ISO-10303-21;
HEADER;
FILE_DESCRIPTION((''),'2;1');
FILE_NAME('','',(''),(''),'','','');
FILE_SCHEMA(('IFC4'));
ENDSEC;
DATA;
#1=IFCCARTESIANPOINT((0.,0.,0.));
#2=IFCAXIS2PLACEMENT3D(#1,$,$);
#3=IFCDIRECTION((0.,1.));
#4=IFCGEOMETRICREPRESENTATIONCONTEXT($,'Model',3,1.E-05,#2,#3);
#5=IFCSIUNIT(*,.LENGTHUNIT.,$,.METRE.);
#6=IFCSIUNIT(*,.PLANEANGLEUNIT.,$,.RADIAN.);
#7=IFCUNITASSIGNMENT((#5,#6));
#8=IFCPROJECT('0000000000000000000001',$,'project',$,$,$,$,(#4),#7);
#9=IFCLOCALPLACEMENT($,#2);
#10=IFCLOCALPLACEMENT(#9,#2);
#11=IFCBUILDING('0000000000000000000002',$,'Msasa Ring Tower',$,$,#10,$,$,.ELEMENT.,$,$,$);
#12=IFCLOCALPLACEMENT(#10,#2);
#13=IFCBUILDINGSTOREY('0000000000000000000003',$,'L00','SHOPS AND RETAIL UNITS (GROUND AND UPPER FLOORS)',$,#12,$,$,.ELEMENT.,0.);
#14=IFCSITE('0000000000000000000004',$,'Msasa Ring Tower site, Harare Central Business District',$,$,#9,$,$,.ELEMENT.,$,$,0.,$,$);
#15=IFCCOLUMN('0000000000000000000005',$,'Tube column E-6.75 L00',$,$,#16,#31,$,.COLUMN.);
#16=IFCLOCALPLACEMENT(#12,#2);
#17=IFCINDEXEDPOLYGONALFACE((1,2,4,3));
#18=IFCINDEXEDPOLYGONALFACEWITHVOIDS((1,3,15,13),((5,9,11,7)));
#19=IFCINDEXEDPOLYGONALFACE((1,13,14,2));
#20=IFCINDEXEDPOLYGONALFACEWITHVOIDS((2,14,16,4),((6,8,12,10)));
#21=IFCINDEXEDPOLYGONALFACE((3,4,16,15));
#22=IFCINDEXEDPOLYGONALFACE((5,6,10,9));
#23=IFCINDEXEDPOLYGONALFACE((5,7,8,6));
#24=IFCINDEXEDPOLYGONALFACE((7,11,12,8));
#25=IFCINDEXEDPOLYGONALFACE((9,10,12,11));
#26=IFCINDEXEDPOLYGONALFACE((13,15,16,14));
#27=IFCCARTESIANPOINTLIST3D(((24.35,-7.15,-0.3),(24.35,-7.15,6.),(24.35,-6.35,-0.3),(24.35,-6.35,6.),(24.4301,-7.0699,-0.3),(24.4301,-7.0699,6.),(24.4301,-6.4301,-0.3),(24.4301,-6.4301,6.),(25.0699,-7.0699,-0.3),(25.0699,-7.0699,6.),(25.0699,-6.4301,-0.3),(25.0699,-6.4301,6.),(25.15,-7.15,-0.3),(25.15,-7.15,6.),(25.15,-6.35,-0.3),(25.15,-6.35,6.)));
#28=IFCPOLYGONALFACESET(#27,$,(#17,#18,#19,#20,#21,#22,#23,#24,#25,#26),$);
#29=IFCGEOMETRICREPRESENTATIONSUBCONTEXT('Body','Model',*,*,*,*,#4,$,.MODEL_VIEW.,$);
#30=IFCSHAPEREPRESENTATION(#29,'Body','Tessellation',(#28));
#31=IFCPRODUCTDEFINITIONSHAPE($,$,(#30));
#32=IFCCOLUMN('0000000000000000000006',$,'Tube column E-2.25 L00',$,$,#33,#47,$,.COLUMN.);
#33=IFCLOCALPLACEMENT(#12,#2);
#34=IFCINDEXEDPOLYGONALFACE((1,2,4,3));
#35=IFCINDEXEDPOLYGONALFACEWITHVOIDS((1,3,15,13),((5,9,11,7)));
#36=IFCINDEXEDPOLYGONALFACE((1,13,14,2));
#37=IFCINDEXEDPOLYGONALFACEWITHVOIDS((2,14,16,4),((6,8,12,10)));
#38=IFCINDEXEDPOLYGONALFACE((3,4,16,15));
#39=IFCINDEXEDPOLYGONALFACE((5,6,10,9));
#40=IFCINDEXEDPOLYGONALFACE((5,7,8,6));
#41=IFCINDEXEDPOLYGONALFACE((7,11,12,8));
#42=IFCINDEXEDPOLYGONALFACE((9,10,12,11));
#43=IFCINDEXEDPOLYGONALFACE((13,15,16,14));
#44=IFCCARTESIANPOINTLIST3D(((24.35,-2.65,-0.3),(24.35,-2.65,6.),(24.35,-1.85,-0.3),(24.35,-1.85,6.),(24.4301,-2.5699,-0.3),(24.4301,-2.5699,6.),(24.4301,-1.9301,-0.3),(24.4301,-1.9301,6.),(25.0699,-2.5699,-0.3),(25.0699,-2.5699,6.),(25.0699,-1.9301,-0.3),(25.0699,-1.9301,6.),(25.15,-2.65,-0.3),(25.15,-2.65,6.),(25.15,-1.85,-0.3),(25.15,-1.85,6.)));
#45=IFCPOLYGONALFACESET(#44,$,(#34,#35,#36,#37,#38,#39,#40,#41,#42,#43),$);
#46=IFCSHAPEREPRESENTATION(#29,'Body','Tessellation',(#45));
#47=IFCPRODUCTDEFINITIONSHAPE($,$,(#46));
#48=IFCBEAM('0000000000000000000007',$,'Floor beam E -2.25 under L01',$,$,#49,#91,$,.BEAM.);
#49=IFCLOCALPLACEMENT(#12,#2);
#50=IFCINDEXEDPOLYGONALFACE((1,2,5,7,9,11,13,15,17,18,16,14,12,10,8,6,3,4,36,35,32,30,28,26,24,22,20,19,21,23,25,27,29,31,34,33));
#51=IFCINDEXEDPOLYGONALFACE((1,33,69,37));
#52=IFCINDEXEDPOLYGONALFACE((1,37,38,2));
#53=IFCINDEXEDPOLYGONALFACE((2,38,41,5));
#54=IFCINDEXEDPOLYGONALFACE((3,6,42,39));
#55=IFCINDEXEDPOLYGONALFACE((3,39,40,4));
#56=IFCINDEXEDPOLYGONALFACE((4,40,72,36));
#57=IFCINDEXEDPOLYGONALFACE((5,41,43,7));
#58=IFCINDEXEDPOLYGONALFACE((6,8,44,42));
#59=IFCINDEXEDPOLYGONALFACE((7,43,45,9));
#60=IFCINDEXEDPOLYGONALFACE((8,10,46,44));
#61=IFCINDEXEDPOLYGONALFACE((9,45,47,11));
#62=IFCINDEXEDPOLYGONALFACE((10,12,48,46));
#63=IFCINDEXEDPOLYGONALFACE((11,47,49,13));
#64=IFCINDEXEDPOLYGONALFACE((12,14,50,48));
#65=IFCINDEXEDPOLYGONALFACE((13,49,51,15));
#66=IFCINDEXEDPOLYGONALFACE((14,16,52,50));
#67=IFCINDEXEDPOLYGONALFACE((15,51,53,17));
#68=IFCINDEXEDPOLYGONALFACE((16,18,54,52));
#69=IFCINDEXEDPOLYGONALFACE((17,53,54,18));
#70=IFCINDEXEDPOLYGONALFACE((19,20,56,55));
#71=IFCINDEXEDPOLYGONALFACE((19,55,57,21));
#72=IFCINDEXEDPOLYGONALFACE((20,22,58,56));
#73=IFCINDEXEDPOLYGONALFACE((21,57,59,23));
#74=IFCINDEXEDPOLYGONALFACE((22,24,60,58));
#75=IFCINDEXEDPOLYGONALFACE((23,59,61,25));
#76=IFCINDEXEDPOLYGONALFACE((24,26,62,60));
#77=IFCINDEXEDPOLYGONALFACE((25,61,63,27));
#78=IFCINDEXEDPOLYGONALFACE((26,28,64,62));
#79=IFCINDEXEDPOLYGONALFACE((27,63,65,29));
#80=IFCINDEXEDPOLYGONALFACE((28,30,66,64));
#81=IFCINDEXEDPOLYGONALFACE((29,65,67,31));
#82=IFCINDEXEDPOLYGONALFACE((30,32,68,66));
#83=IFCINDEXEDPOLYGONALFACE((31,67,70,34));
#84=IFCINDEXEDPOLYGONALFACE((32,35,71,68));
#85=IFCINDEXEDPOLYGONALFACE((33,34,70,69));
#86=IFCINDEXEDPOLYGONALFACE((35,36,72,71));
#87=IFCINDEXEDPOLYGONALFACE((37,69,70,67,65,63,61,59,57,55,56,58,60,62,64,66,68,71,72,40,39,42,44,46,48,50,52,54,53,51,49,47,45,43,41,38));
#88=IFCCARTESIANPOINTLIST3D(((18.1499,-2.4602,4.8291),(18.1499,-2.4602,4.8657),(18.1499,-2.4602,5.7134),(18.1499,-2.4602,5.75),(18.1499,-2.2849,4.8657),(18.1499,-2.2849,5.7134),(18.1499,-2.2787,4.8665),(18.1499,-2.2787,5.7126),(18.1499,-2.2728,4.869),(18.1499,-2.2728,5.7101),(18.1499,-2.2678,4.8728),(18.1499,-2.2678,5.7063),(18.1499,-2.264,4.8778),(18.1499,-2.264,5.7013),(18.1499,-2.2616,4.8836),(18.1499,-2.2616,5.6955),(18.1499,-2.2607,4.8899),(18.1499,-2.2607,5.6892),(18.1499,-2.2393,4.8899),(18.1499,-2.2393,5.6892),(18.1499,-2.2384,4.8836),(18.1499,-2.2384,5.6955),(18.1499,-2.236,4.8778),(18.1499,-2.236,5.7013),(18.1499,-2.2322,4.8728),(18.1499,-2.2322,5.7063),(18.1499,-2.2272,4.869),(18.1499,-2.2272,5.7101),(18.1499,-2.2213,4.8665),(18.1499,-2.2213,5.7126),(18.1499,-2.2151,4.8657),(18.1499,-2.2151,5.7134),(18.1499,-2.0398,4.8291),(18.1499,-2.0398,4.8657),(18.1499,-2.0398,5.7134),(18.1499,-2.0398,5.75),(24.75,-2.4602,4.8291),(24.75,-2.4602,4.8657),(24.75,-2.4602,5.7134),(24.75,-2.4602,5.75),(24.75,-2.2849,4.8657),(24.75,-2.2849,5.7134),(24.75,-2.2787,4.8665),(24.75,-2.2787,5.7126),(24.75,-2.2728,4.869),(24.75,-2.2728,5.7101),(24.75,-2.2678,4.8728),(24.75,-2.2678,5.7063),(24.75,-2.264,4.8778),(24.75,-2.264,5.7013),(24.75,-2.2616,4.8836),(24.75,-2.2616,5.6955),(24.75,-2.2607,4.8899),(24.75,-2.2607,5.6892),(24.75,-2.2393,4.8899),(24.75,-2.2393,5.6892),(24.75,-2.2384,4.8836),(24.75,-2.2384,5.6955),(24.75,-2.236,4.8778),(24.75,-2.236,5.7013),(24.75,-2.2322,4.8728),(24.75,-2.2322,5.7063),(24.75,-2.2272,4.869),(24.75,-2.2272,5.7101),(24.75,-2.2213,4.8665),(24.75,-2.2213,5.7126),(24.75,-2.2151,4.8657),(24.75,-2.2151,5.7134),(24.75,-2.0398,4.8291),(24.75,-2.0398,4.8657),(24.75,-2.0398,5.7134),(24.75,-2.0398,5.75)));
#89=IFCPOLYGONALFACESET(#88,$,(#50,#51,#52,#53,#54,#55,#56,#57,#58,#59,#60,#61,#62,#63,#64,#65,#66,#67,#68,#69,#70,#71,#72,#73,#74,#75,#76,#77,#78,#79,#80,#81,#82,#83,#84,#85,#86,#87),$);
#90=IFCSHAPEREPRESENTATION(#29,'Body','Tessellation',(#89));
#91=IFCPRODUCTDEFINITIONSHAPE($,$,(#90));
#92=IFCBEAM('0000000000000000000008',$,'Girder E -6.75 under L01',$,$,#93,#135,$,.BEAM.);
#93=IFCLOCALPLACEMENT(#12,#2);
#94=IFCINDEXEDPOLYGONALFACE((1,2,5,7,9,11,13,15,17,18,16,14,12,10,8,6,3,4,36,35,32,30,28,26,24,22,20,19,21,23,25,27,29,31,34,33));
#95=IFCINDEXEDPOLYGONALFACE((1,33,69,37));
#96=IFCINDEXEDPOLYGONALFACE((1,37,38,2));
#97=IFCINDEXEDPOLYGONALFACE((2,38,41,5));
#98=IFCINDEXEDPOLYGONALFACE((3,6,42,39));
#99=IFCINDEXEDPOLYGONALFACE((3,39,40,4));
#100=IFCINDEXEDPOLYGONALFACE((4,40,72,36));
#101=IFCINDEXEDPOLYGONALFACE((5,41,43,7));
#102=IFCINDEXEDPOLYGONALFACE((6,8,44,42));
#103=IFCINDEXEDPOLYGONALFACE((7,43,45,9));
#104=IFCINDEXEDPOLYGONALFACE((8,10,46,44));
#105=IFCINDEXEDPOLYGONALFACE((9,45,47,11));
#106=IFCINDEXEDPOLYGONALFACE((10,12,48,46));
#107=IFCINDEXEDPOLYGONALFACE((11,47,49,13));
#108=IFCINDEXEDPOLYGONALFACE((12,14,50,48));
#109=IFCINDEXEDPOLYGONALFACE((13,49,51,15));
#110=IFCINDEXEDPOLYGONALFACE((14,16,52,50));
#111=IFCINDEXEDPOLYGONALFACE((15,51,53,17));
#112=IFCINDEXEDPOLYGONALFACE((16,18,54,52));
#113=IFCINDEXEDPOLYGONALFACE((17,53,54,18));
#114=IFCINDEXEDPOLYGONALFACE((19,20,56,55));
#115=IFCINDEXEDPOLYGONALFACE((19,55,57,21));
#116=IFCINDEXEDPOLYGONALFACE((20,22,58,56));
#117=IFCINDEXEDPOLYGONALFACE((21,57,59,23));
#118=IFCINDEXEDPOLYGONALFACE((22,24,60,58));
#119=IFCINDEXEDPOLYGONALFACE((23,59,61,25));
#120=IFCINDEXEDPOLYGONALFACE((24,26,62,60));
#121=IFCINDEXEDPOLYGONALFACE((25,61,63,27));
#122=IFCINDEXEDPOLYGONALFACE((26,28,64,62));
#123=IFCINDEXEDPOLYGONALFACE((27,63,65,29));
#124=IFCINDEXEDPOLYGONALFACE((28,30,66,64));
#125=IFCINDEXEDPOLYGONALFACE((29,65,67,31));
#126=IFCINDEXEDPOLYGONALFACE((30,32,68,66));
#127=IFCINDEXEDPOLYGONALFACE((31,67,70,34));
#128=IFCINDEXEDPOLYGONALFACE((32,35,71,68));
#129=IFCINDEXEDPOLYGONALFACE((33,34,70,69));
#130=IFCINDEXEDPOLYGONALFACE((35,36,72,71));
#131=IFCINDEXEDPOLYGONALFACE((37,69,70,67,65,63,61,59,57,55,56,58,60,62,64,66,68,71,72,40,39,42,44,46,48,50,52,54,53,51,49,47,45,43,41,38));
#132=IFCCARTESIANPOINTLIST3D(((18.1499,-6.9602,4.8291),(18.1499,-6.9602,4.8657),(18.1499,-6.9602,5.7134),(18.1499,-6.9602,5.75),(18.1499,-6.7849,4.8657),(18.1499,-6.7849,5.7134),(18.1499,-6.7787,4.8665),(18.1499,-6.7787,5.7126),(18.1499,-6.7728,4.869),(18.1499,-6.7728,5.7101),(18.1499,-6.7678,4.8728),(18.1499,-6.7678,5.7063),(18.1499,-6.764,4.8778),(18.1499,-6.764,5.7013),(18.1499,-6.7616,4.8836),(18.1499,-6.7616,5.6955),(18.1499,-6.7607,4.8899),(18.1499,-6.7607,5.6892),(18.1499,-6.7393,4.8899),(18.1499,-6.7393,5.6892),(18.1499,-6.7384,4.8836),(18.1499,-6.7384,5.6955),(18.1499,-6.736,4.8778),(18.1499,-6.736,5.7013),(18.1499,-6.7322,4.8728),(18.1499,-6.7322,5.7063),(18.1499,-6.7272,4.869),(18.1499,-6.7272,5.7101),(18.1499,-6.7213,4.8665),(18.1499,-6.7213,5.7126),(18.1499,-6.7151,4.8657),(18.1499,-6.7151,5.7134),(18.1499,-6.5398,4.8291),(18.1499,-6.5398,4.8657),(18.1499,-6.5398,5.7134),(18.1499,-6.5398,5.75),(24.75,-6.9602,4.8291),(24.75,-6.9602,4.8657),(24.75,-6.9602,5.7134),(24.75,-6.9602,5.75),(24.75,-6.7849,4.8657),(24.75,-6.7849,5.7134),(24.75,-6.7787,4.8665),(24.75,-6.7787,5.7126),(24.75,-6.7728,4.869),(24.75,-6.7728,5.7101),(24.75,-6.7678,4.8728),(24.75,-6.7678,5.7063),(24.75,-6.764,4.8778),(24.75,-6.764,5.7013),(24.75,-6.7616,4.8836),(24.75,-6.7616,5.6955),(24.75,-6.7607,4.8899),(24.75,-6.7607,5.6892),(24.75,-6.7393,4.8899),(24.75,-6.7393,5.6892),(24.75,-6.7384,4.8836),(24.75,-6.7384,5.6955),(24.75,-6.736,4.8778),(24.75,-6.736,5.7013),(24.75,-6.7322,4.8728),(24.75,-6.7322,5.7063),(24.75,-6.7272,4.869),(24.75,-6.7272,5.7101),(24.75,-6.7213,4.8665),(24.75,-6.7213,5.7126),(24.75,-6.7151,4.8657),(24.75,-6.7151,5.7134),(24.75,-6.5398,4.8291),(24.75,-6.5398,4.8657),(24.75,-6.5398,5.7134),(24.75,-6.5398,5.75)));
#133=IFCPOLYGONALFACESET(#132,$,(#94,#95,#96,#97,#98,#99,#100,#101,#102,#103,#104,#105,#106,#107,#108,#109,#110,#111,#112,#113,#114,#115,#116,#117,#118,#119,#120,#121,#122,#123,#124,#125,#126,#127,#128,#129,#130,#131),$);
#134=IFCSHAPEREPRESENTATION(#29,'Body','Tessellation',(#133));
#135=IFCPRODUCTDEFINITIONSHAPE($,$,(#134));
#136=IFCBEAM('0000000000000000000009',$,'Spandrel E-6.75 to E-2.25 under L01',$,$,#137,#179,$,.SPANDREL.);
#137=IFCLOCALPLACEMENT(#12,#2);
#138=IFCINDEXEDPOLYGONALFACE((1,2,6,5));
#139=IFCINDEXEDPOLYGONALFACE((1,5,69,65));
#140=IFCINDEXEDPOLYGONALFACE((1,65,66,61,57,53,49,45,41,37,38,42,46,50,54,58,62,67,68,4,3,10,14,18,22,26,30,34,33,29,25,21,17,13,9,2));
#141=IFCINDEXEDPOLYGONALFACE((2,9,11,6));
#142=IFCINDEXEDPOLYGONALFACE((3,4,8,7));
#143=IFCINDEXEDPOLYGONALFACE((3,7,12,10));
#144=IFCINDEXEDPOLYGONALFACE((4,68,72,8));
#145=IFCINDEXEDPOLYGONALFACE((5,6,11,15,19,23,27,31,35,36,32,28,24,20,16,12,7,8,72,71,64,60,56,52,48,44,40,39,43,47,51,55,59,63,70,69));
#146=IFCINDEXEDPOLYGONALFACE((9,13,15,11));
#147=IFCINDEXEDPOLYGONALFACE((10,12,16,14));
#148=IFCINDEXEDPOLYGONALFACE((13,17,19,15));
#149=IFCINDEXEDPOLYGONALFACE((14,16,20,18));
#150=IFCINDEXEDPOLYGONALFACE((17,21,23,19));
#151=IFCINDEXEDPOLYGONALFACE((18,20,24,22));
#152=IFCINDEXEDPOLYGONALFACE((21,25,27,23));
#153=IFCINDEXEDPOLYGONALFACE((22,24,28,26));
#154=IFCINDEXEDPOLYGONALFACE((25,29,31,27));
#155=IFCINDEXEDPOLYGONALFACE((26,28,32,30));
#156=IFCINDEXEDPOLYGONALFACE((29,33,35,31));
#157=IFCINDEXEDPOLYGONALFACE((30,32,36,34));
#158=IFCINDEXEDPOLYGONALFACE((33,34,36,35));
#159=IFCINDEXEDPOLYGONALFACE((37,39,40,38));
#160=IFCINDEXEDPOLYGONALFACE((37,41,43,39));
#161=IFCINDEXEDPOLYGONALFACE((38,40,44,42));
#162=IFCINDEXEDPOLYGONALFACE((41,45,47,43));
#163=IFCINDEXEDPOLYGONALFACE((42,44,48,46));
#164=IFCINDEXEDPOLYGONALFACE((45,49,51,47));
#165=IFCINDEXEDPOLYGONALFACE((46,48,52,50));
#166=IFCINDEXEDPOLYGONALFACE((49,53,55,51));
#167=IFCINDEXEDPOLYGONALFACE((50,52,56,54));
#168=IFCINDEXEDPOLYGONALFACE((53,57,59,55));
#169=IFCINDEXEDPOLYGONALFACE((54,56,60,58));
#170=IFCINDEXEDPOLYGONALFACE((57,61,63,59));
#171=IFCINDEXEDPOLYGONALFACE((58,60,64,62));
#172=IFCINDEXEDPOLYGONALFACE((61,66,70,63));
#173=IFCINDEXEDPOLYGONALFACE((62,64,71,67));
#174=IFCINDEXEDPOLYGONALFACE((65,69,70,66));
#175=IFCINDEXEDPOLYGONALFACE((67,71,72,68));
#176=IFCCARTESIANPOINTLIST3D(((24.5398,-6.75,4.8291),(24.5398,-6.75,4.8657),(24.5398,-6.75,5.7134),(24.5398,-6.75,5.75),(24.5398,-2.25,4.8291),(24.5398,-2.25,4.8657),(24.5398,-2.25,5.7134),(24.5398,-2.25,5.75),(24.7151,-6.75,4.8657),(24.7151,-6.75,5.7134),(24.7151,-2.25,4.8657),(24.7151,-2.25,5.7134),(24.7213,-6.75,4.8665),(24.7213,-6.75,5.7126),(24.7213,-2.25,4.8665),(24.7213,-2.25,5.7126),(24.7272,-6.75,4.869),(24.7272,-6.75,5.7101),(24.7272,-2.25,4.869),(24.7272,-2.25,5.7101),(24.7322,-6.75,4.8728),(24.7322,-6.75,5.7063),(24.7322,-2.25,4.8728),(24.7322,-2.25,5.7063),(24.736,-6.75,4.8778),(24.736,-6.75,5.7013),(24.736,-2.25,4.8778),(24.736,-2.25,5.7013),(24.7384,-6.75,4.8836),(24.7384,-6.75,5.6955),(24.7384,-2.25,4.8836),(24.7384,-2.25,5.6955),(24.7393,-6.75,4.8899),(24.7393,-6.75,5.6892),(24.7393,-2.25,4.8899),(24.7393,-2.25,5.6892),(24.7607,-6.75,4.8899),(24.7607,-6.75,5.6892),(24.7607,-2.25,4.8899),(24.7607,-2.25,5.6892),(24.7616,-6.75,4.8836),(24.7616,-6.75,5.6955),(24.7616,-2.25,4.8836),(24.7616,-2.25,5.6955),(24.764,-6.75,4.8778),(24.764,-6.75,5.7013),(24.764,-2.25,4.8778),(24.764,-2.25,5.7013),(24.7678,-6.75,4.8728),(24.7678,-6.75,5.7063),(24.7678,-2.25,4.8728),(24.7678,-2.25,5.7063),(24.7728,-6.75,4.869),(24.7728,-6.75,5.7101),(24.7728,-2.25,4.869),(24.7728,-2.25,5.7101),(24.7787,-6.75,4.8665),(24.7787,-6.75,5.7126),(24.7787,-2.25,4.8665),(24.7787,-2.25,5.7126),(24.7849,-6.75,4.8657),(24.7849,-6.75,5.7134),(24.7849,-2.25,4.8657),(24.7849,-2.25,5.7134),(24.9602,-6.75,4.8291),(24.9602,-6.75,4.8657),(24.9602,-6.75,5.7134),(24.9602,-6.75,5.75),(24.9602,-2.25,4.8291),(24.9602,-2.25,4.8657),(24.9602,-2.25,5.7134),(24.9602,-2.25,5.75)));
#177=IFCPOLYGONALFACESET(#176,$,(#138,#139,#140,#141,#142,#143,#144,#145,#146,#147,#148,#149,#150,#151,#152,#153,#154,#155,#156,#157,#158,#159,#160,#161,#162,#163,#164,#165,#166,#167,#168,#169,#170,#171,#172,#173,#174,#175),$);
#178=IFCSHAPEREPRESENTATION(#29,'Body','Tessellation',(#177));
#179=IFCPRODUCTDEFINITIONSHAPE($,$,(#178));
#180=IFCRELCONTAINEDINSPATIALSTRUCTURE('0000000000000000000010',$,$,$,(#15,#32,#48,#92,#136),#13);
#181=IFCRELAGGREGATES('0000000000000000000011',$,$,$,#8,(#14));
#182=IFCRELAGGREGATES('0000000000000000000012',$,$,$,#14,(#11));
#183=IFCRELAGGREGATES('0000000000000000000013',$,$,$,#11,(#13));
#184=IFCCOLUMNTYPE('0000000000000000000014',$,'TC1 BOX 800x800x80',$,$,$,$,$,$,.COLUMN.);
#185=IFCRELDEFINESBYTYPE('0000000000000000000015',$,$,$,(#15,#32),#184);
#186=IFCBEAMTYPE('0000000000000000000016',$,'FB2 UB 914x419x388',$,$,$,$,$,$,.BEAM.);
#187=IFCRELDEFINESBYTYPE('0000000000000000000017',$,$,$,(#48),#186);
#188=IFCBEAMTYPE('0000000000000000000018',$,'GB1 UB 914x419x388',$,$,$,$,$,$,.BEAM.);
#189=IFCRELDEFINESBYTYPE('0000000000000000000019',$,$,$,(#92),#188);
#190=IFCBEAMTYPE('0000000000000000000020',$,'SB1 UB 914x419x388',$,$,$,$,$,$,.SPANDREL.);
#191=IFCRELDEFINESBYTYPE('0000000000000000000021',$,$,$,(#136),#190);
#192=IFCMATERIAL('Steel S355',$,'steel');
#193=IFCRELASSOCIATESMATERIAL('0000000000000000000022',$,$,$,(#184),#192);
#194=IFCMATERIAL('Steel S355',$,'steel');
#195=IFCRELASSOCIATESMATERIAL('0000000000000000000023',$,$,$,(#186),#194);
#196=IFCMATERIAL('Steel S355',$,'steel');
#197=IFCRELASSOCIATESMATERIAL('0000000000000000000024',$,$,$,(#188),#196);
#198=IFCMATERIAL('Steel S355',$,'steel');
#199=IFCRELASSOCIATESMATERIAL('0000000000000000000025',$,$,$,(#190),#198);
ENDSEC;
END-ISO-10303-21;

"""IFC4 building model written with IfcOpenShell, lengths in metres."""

from ifc_helpers import new_model, si_unit, direction, frame, origin, origin_2d, place, context, subcontext, project, spatial, hollow_rectangle, i_section, extrude, material, material_profile, profile_set, type_object, element, save


model = new_model("IFC4")

# Units and contexts
model_context = context("Model", 3, precision=1e-05, world=origin(), true_north=direction((0.0, 1.0)))
body_context = subcontext(model_context, "Body", "Model", "MODEL_VIEW")
ifc_project = project(units=[si_unit("LENGTHUNIT", "METRE"), si_unit("PLANEANGLEUNIT", "RADIAN")], contexts=[model_context])

# Site, building, storey
site_placement = place(None, origin())
site = spatial("IfcSite", under=ifc_project, at=site_placement, Name="Msasa Ring Tower site, Harare Central Business District", CompositionType="ELEMENT", RefElevation=0.0)
building_placement = place(site_placement, origin())
building = spatial("IfcBuilding", under=site, at=building_placement, Name="Msasa Ring Tower", CompositionType="ELEMENT")
storey_placement = place(building_placement, origin())
storey = spatial("IfcBuildingStorey", under=building, at=storey_placement, Name="L00", Description="SHOPS AND RETAIL UNITS (GROUND AND UPPER FLOORS)", CompositionType="ELEMENT", Elevation=0.0)

# Columns
ifc_material_1 = material(Name="Steel S355", Category="steel")
ifc_material_profile_1 = material_profile(ifc_material_1, hollow_rectangle(XDim=0.8, YDim=0.8, WallThickness=0.0801, at=origin_2d()), Name="BOX 800x800x80")
ifc_profile_set_1 = profile_set([ifc_material_profile_1], Name="Steel S355")
column_type = type_object("IfcColumnType", Name="TC1 BOX 800x800x80", PredefinedType="COLUMN", material=ifc_profile_set_1)
for number, where, z_axis, x_axis, name in (
    (1, (24.75, -6.75, -0.3), (0.0, 0.0, 1.0), (1.0, 0.0, 0.0), "Tube column E-6.75 L00"),
    (2, (24.75, -2.25, -0.3), (0.0, 0.0, 1.0), (1.0, 0.0, 0.0), "Tube column E-2.25 L00"),
):
    element("IfcColumn", number, at=place(storey_placement, frame(where, z_axis=z_axis, x_axis=x_axis)), inside=storey, type_object=column_type, Name=name, PredefinedType="COLUMN", context=body_context, shape_type="SweptSolid", body=[
        extrude(hollow_rectangle(XDim=0.8, YDim=0.8, WallThickness=0.0801, at=origin_2d()), origin(), (0.0, 0.0, 1.0), 6.3),
    ])

# Beams
ifc_material_2 = material(Name="Steel S355", Category="steel")
ifc_material_profile_2 = material_profile(ifc_material_2, i_section(OverallWidth=0.4204, OverallDepth=0.9209, WebThickness=0.0215, FlangeThickness=0.0366, FilletRadius=0.0242, at=origin_2d()), Name="UB 914x419x388")
ifc_profile_set_2 = profile_set([ifc_material_profile_2], Name="Steel S355")
beam_type_1 = type_object("IfcBeamType", Name="FB2 UB 914x419x388", PredefinedType="BEAM", material=ifc_profile_set_2)
beam_1_placement = place(storey_placement, frame((24.75, -2.25, 5.2896), z_axis=(-1.0, 0.0, 0.0), x_axis=(0.0, -1.0, 0.0)))
element("IfcBeam", 3, at=beam_1_placement, inside=storey, type_object=beam_type_1, Name="Floor beam E -2.25 under L01", PredefinedType="BEAM", context=body_context, shape_type="SweptSolid", body=[
    extrude(i_section(OverallWidth=0.4204, OverallDepth=0.9209, WebThickness=0.0215, FlangeThickness=0.0366, FilletRadius=0.0242, at=origin_2d()), origin(), (0.0, 0.0, 1.0), 6.6001),
])
ifc_material_3 = material(Name="Steel S355", Category="steel")
ifc_material_profile_3 = material_profile(ifc_material_3, i_section(OverallWidth=0.4204, OverallDepth=0.9209, WebThickness=0.0215, FlangeThickness=0.0366, FilletRadius=0.0242, at=origin_2d()), Name="UB 914x419x388")
ifc_profile_set_3 = profile_set([ifc_material_profile_3], Name="Steel S355")
beam_type_2 = type_object("IfcBeamType", Name="GB1 UB 914x419x388", PredefinedType="BEAM", material=ifc_profile_set_3)
beam_2_placement = place(storey_placement, frame((18.1499, -6.75, 5.2896), z_axis=(1.0, 0.0, 0.0), x_axis=(0.0, 1.0, 0.0)))
element("IfcBeam", 4, at=beam_2_placement, inside=storey, type_object=beam_type_2, Name="Girder E -6.75 under L01", PredefinedType="BEAM", context=body_context, shape_type="SweptSolid", body=[
    extrude(i_section(OverallWidth=0.4204, OverallDepth=0.9209, WebThickness=0.0215, FlangeThickness=0.0366, FilletRadius=0.0242, at=origin_2d()), origin(), (0.0, 0.0, 1.0), 6.6001),
])
ifc_material_4 = material(Name="Steel S355", Category="steel")
ifc_material_profile_4 = material_profile(ifc_material_4, i_section(OverallWidth=0.4204, OverallDepth=0.9209, WebThickness=0.0215, FlangeThickness=0.0366, FilletRadius=0.0242, at=origin_2d()), Name="UB 914x419x388")
ifc_profile_set_4 = profile_set([ifc_material_profile_4], Name="Steel S355")
beam_type_3 = type_object("IfcBeamType", Name="SB1 UB 914x419x388", PredefinedType="SPANDREL", material=ifc_profile_set_4)
for number, where, z_axis, x_axis, name in (
    (5, (24.75, -6.75, 5.2896), (0.0, 1.0, 0.0), (-1.0, 0.0, 0.0), "Spandrel E-6.75 to E-2.25 under L01"),
):
    element("IfcBeam", number, at=place(storey_placement, frame(where, z_axis=z_axis, x_axis=x_axis)), inside=storey, type_object=beam_type_3, Name=name, PredefinedType="SPANDREL", context=body_context, shape_type="SweptSolid", body=[
        extrude(i_section(OverallWidth=0.4204, OverallDepth=0.9209, WebThickness=0.0215, FlangeThickness=0.0366, FilletRadius=0.0242, at=origin_2d()), origin(), (0.0, 0.0, 1.0), 4.5),
    ])

save(model, "model.ifc")
